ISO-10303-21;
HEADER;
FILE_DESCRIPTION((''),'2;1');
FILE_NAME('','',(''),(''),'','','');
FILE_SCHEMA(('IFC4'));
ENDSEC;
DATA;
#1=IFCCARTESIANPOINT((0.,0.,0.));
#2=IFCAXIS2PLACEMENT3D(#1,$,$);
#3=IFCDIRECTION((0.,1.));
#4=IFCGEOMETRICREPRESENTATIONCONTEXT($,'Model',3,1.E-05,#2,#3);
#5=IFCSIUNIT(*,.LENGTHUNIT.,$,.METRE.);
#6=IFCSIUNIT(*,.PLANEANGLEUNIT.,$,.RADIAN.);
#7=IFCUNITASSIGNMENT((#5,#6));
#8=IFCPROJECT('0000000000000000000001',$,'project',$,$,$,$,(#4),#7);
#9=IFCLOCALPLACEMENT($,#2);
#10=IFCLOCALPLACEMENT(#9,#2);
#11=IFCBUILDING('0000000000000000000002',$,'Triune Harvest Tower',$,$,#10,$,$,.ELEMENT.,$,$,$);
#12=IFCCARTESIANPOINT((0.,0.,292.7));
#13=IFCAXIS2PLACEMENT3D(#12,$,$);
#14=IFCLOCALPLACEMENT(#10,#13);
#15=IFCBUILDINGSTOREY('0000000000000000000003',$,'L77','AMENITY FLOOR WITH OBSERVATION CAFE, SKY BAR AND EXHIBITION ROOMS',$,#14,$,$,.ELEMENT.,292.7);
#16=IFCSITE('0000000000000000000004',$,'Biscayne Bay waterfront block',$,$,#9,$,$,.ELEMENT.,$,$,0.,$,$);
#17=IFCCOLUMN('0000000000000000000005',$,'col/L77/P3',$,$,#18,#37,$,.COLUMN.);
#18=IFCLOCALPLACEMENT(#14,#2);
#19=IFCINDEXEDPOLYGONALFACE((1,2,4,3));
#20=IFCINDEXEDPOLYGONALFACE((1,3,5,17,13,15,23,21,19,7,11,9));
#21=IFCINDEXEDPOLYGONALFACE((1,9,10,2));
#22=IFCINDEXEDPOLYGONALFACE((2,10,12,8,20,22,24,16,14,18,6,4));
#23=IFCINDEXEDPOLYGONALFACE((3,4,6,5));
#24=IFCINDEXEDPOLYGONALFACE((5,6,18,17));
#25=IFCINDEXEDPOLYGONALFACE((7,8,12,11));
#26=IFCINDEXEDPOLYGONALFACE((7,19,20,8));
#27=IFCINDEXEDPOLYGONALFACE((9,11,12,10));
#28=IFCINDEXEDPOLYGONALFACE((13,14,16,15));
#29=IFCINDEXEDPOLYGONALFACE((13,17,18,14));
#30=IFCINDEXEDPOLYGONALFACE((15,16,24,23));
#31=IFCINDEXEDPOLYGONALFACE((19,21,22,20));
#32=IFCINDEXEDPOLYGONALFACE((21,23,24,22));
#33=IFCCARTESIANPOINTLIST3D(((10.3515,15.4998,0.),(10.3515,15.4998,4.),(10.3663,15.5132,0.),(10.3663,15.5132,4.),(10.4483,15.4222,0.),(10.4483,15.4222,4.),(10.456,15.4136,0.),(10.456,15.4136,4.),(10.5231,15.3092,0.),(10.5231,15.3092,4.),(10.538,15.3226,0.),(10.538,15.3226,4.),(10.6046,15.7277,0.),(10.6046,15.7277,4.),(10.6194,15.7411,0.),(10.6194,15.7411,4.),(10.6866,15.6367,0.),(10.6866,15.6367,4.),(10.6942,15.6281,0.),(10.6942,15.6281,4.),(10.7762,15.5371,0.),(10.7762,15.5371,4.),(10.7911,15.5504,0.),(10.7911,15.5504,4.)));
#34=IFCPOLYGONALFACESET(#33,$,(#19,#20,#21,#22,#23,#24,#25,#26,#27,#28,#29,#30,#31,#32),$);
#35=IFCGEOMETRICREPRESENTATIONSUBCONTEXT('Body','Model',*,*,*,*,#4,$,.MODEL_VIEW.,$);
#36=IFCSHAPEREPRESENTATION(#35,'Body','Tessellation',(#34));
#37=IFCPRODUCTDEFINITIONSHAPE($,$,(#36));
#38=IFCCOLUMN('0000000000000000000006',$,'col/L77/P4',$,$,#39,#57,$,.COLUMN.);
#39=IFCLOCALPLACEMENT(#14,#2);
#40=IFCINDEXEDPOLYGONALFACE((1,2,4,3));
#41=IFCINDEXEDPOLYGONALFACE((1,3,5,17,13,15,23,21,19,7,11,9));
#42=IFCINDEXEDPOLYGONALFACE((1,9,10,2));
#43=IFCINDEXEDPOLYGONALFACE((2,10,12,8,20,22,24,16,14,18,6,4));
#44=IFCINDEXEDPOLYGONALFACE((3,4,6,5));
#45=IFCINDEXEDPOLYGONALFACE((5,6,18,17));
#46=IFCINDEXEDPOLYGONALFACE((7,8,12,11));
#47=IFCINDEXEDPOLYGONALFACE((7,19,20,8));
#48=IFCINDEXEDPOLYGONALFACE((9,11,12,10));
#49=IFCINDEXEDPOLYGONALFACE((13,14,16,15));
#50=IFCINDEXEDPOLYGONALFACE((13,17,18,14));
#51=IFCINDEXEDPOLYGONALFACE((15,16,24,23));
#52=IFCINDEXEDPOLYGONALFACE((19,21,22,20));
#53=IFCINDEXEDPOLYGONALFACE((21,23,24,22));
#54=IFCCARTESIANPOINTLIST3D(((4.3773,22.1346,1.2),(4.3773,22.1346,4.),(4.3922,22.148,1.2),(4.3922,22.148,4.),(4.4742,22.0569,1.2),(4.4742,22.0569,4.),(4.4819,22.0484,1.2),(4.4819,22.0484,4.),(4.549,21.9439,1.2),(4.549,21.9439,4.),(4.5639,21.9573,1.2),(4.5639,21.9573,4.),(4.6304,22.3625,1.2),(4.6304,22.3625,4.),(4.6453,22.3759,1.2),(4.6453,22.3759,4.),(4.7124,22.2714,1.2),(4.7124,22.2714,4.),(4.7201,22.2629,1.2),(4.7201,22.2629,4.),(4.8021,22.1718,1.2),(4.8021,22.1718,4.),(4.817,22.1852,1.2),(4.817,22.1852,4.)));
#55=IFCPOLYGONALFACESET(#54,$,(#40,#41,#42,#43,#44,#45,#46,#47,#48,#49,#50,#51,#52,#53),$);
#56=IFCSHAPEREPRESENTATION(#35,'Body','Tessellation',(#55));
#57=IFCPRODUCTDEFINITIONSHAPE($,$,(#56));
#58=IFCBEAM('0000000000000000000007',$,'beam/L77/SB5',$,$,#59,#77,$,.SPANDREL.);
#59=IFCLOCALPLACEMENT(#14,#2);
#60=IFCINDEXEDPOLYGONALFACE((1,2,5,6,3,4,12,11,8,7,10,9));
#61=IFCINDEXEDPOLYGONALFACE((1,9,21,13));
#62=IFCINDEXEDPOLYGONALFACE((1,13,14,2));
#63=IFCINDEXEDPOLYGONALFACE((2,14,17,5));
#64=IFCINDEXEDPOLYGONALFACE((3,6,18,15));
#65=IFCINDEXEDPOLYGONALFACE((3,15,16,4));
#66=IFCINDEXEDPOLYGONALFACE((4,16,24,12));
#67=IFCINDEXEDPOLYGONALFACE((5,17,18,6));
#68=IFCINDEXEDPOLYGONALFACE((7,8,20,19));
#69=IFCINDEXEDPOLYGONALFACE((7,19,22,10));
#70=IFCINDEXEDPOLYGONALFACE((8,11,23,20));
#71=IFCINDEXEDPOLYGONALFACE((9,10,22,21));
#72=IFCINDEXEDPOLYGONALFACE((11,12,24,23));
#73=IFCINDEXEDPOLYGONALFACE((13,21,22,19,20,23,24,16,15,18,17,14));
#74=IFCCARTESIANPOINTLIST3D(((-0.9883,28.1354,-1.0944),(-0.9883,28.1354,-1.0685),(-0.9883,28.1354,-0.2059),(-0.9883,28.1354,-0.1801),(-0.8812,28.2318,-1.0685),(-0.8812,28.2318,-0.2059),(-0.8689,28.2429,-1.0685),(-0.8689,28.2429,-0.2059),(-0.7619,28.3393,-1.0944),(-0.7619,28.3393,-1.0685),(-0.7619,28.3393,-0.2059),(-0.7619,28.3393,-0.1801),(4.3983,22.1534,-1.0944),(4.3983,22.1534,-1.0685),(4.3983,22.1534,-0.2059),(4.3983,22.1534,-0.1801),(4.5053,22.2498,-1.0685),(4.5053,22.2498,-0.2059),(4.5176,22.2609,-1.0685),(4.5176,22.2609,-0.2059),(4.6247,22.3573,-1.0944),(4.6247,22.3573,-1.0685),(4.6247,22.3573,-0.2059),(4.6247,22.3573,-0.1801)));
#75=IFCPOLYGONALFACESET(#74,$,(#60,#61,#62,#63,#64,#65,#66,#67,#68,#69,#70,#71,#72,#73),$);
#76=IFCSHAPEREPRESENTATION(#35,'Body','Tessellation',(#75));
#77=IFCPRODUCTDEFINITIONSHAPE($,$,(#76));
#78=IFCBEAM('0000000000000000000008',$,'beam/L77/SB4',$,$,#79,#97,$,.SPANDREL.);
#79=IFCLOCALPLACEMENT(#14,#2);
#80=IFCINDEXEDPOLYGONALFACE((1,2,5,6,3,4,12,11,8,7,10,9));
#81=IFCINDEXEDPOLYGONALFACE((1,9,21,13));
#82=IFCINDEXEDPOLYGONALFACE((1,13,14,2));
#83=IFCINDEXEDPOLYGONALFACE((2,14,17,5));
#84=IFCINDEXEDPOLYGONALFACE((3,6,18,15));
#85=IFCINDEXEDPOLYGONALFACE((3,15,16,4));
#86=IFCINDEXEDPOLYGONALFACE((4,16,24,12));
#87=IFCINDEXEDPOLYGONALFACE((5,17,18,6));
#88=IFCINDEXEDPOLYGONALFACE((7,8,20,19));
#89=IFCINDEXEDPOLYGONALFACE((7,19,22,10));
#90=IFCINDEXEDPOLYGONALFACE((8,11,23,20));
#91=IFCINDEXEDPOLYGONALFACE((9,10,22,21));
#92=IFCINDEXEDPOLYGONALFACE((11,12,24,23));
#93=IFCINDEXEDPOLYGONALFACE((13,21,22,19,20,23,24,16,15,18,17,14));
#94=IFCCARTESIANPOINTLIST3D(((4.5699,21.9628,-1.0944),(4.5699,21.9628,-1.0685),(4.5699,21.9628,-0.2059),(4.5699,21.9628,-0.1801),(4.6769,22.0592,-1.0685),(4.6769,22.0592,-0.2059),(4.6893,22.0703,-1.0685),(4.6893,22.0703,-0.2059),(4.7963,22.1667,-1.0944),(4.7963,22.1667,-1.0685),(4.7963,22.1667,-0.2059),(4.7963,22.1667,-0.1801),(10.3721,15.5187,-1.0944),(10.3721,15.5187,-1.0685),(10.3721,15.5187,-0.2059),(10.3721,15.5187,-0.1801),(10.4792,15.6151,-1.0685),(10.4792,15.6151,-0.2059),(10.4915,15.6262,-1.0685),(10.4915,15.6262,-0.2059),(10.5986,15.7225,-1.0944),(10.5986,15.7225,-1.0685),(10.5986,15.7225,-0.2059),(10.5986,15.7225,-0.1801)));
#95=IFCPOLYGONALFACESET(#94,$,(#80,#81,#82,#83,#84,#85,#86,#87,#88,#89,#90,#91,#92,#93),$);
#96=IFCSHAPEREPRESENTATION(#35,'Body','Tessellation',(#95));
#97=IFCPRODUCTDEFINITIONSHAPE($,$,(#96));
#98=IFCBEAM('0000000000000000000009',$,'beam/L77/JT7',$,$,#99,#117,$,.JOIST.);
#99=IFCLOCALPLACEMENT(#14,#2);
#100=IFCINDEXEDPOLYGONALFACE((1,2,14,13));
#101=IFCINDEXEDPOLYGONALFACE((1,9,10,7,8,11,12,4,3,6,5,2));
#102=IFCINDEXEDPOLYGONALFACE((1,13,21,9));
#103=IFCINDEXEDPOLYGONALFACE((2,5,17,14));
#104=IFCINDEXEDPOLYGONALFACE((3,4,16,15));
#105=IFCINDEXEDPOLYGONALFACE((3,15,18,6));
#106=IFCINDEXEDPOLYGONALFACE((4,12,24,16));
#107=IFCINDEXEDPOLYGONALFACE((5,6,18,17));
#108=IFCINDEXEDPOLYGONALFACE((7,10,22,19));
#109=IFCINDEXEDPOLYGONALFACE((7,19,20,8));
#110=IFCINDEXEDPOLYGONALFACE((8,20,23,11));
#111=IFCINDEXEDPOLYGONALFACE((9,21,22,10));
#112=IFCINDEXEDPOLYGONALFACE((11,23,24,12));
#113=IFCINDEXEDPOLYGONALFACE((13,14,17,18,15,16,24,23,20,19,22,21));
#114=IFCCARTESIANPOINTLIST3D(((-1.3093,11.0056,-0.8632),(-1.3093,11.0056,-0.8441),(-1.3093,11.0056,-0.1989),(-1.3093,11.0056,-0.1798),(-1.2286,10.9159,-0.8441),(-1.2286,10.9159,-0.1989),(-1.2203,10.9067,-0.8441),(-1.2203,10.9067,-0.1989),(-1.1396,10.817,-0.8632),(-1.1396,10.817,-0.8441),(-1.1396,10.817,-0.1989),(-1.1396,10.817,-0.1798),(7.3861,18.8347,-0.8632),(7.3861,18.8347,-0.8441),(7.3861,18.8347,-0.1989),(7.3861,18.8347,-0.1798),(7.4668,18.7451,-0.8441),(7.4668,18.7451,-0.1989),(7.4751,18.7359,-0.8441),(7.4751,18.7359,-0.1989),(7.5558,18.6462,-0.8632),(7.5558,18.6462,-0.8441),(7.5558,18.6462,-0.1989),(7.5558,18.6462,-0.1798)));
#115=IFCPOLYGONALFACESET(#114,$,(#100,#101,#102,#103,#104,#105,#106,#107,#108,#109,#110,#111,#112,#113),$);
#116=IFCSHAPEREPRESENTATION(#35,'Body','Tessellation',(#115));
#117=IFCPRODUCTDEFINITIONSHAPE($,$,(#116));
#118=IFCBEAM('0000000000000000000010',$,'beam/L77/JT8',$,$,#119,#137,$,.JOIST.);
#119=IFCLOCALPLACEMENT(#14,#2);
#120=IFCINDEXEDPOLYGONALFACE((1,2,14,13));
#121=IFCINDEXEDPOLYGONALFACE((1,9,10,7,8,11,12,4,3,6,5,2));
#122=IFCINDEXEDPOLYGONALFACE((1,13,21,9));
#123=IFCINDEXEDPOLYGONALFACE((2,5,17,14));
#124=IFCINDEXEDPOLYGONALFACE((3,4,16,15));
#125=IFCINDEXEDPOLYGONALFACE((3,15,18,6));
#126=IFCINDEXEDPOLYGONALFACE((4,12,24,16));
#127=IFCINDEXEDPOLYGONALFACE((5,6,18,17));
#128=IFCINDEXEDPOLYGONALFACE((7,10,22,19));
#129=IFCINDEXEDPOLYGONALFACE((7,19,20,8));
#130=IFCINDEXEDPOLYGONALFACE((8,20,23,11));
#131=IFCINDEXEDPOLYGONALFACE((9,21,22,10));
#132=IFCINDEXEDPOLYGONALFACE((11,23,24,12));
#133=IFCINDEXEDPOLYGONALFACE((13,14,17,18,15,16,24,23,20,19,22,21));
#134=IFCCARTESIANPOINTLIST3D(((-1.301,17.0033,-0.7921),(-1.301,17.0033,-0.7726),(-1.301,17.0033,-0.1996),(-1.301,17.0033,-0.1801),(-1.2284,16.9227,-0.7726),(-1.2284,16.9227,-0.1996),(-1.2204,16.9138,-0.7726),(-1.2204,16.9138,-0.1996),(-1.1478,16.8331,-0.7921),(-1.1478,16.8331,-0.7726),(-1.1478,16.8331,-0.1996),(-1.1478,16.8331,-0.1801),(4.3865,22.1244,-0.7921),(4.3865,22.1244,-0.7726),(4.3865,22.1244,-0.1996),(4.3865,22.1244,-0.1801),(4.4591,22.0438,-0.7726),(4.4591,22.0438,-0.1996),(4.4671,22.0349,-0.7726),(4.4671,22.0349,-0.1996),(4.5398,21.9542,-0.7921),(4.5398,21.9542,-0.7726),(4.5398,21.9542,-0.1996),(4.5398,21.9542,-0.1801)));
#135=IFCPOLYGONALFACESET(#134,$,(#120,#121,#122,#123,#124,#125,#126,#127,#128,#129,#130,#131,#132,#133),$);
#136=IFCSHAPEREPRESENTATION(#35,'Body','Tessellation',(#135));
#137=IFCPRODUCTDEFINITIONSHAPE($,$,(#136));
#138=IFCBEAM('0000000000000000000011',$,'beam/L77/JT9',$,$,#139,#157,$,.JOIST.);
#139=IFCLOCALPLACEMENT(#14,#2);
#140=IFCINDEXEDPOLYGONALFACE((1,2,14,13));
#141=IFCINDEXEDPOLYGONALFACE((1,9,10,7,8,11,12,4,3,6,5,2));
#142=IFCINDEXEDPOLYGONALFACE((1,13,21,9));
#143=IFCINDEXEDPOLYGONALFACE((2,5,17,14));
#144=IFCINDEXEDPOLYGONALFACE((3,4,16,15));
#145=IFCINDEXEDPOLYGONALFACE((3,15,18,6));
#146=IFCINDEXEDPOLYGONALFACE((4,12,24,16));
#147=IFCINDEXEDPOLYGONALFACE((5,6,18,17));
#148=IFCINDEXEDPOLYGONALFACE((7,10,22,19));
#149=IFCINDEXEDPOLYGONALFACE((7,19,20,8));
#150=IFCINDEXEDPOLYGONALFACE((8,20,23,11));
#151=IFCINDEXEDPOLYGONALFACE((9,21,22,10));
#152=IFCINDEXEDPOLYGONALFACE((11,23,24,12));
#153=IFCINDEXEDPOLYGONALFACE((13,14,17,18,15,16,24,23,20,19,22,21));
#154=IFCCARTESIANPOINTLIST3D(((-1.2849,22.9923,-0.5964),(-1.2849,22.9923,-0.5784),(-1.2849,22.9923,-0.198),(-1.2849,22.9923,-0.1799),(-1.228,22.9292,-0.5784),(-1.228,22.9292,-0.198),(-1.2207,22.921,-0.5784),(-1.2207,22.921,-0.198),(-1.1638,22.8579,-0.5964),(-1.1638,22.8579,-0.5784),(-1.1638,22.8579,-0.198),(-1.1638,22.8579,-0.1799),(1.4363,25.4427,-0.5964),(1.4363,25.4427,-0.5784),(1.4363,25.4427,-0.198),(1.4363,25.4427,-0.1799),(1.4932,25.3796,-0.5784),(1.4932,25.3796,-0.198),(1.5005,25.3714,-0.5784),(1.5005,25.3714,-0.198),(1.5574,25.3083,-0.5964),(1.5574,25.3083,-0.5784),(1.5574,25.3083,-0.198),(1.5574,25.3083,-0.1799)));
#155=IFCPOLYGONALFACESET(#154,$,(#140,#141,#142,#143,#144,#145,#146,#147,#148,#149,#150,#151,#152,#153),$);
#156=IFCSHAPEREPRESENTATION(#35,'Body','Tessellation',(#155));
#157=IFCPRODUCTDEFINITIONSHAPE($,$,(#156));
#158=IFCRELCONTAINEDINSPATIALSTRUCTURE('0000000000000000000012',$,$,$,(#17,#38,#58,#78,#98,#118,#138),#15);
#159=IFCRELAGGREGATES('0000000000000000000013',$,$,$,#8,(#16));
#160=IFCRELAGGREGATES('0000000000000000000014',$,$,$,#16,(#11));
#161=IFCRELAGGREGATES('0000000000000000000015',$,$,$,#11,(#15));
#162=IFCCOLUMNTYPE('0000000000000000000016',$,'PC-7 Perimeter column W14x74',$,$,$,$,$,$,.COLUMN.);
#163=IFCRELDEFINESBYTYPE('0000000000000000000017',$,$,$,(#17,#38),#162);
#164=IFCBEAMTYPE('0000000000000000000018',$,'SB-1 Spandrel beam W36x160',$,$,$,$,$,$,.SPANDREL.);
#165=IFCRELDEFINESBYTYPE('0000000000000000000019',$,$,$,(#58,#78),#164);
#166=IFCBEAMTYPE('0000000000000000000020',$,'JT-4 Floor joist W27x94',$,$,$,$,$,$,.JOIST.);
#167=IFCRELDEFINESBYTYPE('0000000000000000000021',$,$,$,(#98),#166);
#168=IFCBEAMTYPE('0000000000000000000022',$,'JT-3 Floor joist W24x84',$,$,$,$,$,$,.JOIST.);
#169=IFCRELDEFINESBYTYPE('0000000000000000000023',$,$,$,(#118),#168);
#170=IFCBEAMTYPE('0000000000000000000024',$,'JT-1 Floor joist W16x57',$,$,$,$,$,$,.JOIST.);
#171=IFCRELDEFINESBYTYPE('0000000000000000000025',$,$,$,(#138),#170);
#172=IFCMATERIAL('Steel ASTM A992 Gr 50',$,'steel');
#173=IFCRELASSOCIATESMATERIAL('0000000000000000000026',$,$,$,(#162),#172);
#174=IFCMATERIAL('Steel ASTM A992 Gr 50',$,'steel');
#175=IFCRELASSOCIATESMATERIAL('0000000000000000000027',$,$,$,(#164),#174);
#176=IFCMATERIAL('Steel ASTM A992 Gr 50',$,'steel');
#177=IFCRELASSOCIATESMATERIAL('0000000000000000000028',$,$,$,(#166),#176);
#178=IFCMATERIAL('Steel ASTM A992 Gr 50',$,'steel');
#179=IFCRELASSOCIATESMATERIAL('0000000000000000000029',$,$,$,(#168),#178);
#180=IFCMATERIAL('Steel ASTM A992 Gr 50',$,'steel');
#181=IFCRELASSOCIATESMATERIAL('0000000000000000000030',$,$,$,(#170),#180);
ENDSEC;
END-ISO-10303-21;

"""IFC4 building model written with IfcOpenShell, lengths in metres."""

from ifc_helpers import new_model, si_unit, direction, frame, origin, origin_2d, place, context, subcontext, project, spatial, i_section, extrude, source, transform, mapped, material, material_profile, profile_set, type_object, element, save


model = new_model("IFC4")

# Units and contexts
model_context = context("Model", 3, precision=1e-05, world=origin(), true_north=direction((0.0, 1.0)))
body_context = subcontext(model_context, "Body", "Model", "MODEL_VIEW")
ifc_project = project(units=[si_unit("LENGTHUNIT", "METRE"), si_unit("PLANEANGLEUNIT", "RADIAN")], contexts=[model_context])

# Site, building, storey
site_placement = place(None, origin())
site = spatial("IfcSite", under=ifc_project, at=site_placement, Name="Biscayne Bay waterfront block", CompositionType="ELEMENT", RefElevation=0.0)
building_placement = place(site_placement, origin())
building = spatial("IfcBuilding", under=site, at=building_placement, Name="Triune Harvest Tower", CompositionType="ELEMENT")
storey_placement = place(building_placement, frame((0.0, 0.0, 292.7)))
storey = spatial("IfcBuildingStorey", under=building, at=storey_placement, Name="L77", Description="AMENITY FLOOR WITH OBSERVATION CAFE, SKY BAR AND EXHIBITION ROOMS", CompositionType="ELEMENT", Elevation=292.7)

# Columns
ifc_material_1 = material(Name="Steel ASTM A992 Gr 50", Category="steel")
ifc_material_profile_1 = material_profile(ifc_material_1, i_section(OverallWidth=0.2566, OverallDepth=0.3606, WebThickness=0.0115, FlangeThickness=0.02, at=origin_2d()), Name="W14x74")
ifc_profile_set_1 = profile_set([ifc_material_profile_1], Name="Steel ASTM A992 Gr 50")
column_type = type_object("IfcColumnType", Name="PC-7 Perimeter column W14x74", PredefinedType="COLUMN", material=ifc_profile_set_1)
shared_shape_1 = source(origin(), body_context, "Body", "SweptSolid", [
    extrude(i_section(OverallWidth=0.2566, OverallDepth=0.3606, WebThickness=0.0115, FlangeThickness=0.02, at=origin_2d()), origin(), (0.0, 0.0, 1.0), 4.0),
])
column_1_placement = place(storey_placement, frame((10.5713, 15.5251, 0.0), z_axis=(0.0, 0.0, 1.0), x_axis=(-0.669131, 0.743145, 0.0)))
element("IfcColumn", 1, at=column_1_placement, inside=storey, type_object=column_type, Name="col/L77/P3", PredefinedType="COLUMN", context=body_context, shape_type="MappedRepresentation", body=[
    mapped(shared_shape_1, transform((0.0, 0.0, 0.0), scale=1.0)),
])
shared_shape_2 = source(origin(), body_context, "Body", "SweptSolid", [
    extrude(i_section(OverallWidth=0.2566, OverallDepth=0.3606, WebThickness=0.0115, FlangeThickness=0.02, at=origin_2d()), origin(), (0.0, 0.0, 1.0), 2.8),
])
column_2_placement = place(storey_placement, frame((4.5972, 22.1599, 1.2), z_axis=(0.0, 0.0, 1.0), x_axis=(-0.669131, 0.743145, 0.0)))
element("IfcColumn", 2, at=column_2_placement, inside=storey, type_object=column_type, Name="col/L77/P4", PredefinedType="COLUMN", context=body_context, shape_type="MappedRepresentation", body=[
    mapped(shared_shape_2, transform((0.0, 0.0, 0.0), scale=1.0)),
])

# Beams
ifc_material_2 = material(Name="Steel ASTM A992 Gr 50", Category="steel")
ifc_material_profile_2 = material_profile(ifc_material_2, i_section(OverallWidth=0.3047, OverallDepth=0.9143, WebThickness=0.0166, FlangeThickness=0.0259, at=origin_2d()), Name="W36x160")
ifc_profile_set_2 = profile_set([ifc_material_profile_2], Name="Steel ASTM A992 Gr 50")
beam_type_1 = type_object("IfcBeamType", Name="SB-1 Spandrel beam W36x160", PredefinedType="SPANDREL", material=ifc_profile_set_2)
shared_shape_3 = source(origin(), body_context, "Body", "SweptSolid", [
    extrude(i_section(OverallWidth=0.3047, OverallDepth=0.9143, WebThickness=0.0166, FlangeThickness=0.0259, at=origin_2d()), origin(), (0.0, 0.0, 1.0), 8.0498),
])
beam_1_placement = place(storey_placement, frame((4.5115, 22.2554, -0.6372), z_axis=(-0.669152, 0.743125, 0.0), x_axis=(-0.743125, -0.669152, 0.0)))
element("IfcBeam", 3, at=beam_1_placement, inside=storey, type_object=beam_type_1, Name="beam/L77/SB5", PredefinedType="SPANDREL", context=body_context, shape_type="MappedRepresentation", body=[
    mapped(shared_shape_3, transform((0.0, 0.0, 0.0), scale=1.0)),
])
shared_shape_4 = source(origin(), body_context, "Body", "SweptSolid", [
    extrude(i_section(OverallWidth=0.3047, OverallDepth=0.9143, WebThickness=0.0166, FlangeThickness=0.0259, at=origin_2d()), origin(), (0.0, 0.0, 1.0), 8.6714),
])
beam_2_placement = place(storey_placement, frame((10.4854, 15.6206, -0.6372), z_axis=(-0.669128, 0.743147, 0.0), x_axis=(-0.743147, -0.669128, 0.0)))
element("IfcBeam", 4, at=beam_2_placement, inside=storey, type_object=beam_type_1, Name="beam/L77/SB4", PredefinedType="SPANDREL", context=body_context, shape_type="MappedRepresentation", body=[
    mapped(shared_shape_4, transform((0.0, 0.0, 0.0), scale=1.0)),
])
ifc_material_3 = material(Name="Steel ASTM A992 Gr 50", Category="steel")
ifc_material_profile_3 = material_profile(ifc_material_3, i_section(OverallWidth=0.2537, OverallDepth=0.6833, WebThickness=0.0125, FlangeThickness=0.019, at=origin_2d()), Name="W27x94")
ifc_profile_set_3 = profile_set([ifc_material_profile_3], Name="Steel ASTM A992 Gr 50")
beam_type_2 = type_object("IfcBeamType", Name="JT-4 Floor joist W27x94", PredefinedType="JOIST", material=ifc_profile_set_3)
shared_shape_5 = source(origin(), body_context, "Body", "SweptSolid", [
    extrude(i_section(OverallWidth=0.2537, OverallDepth=0.6833, WebThickness=0.0125, FlangeThickness=0.019, at=origin_2d()), origin(), (0.0, 0.0, 1.0), 11.7007),
])
beam_3_placement = place(storey_placement, frame((7.4709, 18.7405, -0.5215), z_axis=(-0.743153, -0.669121, 0.0), x_axis=(0.669121, -0.743153, 0.0)))
element("IfcBeam", 5, at=beam_3_placement, inside=storey, type_object=beam_type_2, Name="beam/L77/JT7", PredefinedType="JOIST", context=body_context, shape_type="MappedRepresentation", body=[
    mapped(shared_shape_5, transform((0.0, 0.0, 0.0), scale=1.0)),
])
ifc_material_4 = material(Name="Steel ASTM A992 Gr 50", Category="steel")
ifc_material_profile_4 = material_profile(ifc_material_4, i_section(OverallWidth=0.229, OverallDepth=0.6121, WebThickness=0.012, FlangeThickness=0.0195, at=origin_2d()), Name="W24x84")
ifc_profile_set_4 = profile_set([ifc_material_profile_4], Name="Steel ASTM A992 Gr 50")
beam_type_3 = type_object("IfcBeamType", Name="JT-3 Floor joist W24x84", PredefinedType="JOIST", material=ifc_profile_set_4)
shared_shape_6 = source(origin(), body_context, "Body", "SweptSolid", [
    extrude(i_section(OverallWidth=0.229, OverallDepth=0.6121, WebThickness=0.012, FlangeThickness=0.0195, at=origin_2d()), origin(), (0.0, 0.0, 1.0), 7.6533),
])
beam_4_placement = place(storey_placement, frame((4.4631, 22.0393, -0.4861), z_axis=(-0.743142, -0.669134, 0.0), x_axis=(0.669134, -0.743142, 0.0)))
element("IfcBeam", 6, at=beam_4_placement, inside=storey, type_object=beam_type_3, Name="beam/L77/JT8", PredefinedType="JOIST", context=body_context, shape_type="MappedRepresentation", body=[
    mapped(shared_shape_6, transform((0.0, 0.0, 0.0), scale=1.0)),
])
ifc_material_5 = material(Name="Steel ASTM A992 Gr 50", Category="steel")
ifc_material_profile_5 = material_profile(ifc_material_5, i_section(OverallWidth=0.1809, OverallDepth=0.4165, WebThickness=0.011, FlangeThickness=0.0181, at=origin_2d()), Name="W16x57")
ifc_profile_set_5 = profile_set([ifc_material_profile_5], Name="Steel ASTM A992 Gr 50")
beam_type_4 = type_object("IfcBeamType", Name="JT-1 Floor joist W16x57", PredefinedType="JOIST", material=ifc_profile_set_5)
shared_shape_7 = source(origin(), body_context, "Body", "SweptSolid", [
    extrude(i_section(OverallWidth=0.1809, OverallDepth=0.4165, WebThickness=0.011, FlangeThickness=0.0181, at=origin_2d()), origin(), (0.0, 0.0, 1.0), 3.6619),
])
beam_5_placement = place(storey_placement, frame((1.4968, 25.3755, -0.3882), z_axis=(-0.743108, -0.669171, 0.0), x_axis=(0.669171, -0.743108, 0.0)))
element("IfcBeam", 7, at=beam_5_placement, inside=storey, type_object=beam_type_4, Name="beam/L77/JT9", PredefinedType="JOIST", context=body_context, shape_type="MappedRepresentation", body=[
    mapped(shared_shape_7, transform((0.0, 0.0, 0.0), scale=1.0)),
])

save(model, "model.ifc")
